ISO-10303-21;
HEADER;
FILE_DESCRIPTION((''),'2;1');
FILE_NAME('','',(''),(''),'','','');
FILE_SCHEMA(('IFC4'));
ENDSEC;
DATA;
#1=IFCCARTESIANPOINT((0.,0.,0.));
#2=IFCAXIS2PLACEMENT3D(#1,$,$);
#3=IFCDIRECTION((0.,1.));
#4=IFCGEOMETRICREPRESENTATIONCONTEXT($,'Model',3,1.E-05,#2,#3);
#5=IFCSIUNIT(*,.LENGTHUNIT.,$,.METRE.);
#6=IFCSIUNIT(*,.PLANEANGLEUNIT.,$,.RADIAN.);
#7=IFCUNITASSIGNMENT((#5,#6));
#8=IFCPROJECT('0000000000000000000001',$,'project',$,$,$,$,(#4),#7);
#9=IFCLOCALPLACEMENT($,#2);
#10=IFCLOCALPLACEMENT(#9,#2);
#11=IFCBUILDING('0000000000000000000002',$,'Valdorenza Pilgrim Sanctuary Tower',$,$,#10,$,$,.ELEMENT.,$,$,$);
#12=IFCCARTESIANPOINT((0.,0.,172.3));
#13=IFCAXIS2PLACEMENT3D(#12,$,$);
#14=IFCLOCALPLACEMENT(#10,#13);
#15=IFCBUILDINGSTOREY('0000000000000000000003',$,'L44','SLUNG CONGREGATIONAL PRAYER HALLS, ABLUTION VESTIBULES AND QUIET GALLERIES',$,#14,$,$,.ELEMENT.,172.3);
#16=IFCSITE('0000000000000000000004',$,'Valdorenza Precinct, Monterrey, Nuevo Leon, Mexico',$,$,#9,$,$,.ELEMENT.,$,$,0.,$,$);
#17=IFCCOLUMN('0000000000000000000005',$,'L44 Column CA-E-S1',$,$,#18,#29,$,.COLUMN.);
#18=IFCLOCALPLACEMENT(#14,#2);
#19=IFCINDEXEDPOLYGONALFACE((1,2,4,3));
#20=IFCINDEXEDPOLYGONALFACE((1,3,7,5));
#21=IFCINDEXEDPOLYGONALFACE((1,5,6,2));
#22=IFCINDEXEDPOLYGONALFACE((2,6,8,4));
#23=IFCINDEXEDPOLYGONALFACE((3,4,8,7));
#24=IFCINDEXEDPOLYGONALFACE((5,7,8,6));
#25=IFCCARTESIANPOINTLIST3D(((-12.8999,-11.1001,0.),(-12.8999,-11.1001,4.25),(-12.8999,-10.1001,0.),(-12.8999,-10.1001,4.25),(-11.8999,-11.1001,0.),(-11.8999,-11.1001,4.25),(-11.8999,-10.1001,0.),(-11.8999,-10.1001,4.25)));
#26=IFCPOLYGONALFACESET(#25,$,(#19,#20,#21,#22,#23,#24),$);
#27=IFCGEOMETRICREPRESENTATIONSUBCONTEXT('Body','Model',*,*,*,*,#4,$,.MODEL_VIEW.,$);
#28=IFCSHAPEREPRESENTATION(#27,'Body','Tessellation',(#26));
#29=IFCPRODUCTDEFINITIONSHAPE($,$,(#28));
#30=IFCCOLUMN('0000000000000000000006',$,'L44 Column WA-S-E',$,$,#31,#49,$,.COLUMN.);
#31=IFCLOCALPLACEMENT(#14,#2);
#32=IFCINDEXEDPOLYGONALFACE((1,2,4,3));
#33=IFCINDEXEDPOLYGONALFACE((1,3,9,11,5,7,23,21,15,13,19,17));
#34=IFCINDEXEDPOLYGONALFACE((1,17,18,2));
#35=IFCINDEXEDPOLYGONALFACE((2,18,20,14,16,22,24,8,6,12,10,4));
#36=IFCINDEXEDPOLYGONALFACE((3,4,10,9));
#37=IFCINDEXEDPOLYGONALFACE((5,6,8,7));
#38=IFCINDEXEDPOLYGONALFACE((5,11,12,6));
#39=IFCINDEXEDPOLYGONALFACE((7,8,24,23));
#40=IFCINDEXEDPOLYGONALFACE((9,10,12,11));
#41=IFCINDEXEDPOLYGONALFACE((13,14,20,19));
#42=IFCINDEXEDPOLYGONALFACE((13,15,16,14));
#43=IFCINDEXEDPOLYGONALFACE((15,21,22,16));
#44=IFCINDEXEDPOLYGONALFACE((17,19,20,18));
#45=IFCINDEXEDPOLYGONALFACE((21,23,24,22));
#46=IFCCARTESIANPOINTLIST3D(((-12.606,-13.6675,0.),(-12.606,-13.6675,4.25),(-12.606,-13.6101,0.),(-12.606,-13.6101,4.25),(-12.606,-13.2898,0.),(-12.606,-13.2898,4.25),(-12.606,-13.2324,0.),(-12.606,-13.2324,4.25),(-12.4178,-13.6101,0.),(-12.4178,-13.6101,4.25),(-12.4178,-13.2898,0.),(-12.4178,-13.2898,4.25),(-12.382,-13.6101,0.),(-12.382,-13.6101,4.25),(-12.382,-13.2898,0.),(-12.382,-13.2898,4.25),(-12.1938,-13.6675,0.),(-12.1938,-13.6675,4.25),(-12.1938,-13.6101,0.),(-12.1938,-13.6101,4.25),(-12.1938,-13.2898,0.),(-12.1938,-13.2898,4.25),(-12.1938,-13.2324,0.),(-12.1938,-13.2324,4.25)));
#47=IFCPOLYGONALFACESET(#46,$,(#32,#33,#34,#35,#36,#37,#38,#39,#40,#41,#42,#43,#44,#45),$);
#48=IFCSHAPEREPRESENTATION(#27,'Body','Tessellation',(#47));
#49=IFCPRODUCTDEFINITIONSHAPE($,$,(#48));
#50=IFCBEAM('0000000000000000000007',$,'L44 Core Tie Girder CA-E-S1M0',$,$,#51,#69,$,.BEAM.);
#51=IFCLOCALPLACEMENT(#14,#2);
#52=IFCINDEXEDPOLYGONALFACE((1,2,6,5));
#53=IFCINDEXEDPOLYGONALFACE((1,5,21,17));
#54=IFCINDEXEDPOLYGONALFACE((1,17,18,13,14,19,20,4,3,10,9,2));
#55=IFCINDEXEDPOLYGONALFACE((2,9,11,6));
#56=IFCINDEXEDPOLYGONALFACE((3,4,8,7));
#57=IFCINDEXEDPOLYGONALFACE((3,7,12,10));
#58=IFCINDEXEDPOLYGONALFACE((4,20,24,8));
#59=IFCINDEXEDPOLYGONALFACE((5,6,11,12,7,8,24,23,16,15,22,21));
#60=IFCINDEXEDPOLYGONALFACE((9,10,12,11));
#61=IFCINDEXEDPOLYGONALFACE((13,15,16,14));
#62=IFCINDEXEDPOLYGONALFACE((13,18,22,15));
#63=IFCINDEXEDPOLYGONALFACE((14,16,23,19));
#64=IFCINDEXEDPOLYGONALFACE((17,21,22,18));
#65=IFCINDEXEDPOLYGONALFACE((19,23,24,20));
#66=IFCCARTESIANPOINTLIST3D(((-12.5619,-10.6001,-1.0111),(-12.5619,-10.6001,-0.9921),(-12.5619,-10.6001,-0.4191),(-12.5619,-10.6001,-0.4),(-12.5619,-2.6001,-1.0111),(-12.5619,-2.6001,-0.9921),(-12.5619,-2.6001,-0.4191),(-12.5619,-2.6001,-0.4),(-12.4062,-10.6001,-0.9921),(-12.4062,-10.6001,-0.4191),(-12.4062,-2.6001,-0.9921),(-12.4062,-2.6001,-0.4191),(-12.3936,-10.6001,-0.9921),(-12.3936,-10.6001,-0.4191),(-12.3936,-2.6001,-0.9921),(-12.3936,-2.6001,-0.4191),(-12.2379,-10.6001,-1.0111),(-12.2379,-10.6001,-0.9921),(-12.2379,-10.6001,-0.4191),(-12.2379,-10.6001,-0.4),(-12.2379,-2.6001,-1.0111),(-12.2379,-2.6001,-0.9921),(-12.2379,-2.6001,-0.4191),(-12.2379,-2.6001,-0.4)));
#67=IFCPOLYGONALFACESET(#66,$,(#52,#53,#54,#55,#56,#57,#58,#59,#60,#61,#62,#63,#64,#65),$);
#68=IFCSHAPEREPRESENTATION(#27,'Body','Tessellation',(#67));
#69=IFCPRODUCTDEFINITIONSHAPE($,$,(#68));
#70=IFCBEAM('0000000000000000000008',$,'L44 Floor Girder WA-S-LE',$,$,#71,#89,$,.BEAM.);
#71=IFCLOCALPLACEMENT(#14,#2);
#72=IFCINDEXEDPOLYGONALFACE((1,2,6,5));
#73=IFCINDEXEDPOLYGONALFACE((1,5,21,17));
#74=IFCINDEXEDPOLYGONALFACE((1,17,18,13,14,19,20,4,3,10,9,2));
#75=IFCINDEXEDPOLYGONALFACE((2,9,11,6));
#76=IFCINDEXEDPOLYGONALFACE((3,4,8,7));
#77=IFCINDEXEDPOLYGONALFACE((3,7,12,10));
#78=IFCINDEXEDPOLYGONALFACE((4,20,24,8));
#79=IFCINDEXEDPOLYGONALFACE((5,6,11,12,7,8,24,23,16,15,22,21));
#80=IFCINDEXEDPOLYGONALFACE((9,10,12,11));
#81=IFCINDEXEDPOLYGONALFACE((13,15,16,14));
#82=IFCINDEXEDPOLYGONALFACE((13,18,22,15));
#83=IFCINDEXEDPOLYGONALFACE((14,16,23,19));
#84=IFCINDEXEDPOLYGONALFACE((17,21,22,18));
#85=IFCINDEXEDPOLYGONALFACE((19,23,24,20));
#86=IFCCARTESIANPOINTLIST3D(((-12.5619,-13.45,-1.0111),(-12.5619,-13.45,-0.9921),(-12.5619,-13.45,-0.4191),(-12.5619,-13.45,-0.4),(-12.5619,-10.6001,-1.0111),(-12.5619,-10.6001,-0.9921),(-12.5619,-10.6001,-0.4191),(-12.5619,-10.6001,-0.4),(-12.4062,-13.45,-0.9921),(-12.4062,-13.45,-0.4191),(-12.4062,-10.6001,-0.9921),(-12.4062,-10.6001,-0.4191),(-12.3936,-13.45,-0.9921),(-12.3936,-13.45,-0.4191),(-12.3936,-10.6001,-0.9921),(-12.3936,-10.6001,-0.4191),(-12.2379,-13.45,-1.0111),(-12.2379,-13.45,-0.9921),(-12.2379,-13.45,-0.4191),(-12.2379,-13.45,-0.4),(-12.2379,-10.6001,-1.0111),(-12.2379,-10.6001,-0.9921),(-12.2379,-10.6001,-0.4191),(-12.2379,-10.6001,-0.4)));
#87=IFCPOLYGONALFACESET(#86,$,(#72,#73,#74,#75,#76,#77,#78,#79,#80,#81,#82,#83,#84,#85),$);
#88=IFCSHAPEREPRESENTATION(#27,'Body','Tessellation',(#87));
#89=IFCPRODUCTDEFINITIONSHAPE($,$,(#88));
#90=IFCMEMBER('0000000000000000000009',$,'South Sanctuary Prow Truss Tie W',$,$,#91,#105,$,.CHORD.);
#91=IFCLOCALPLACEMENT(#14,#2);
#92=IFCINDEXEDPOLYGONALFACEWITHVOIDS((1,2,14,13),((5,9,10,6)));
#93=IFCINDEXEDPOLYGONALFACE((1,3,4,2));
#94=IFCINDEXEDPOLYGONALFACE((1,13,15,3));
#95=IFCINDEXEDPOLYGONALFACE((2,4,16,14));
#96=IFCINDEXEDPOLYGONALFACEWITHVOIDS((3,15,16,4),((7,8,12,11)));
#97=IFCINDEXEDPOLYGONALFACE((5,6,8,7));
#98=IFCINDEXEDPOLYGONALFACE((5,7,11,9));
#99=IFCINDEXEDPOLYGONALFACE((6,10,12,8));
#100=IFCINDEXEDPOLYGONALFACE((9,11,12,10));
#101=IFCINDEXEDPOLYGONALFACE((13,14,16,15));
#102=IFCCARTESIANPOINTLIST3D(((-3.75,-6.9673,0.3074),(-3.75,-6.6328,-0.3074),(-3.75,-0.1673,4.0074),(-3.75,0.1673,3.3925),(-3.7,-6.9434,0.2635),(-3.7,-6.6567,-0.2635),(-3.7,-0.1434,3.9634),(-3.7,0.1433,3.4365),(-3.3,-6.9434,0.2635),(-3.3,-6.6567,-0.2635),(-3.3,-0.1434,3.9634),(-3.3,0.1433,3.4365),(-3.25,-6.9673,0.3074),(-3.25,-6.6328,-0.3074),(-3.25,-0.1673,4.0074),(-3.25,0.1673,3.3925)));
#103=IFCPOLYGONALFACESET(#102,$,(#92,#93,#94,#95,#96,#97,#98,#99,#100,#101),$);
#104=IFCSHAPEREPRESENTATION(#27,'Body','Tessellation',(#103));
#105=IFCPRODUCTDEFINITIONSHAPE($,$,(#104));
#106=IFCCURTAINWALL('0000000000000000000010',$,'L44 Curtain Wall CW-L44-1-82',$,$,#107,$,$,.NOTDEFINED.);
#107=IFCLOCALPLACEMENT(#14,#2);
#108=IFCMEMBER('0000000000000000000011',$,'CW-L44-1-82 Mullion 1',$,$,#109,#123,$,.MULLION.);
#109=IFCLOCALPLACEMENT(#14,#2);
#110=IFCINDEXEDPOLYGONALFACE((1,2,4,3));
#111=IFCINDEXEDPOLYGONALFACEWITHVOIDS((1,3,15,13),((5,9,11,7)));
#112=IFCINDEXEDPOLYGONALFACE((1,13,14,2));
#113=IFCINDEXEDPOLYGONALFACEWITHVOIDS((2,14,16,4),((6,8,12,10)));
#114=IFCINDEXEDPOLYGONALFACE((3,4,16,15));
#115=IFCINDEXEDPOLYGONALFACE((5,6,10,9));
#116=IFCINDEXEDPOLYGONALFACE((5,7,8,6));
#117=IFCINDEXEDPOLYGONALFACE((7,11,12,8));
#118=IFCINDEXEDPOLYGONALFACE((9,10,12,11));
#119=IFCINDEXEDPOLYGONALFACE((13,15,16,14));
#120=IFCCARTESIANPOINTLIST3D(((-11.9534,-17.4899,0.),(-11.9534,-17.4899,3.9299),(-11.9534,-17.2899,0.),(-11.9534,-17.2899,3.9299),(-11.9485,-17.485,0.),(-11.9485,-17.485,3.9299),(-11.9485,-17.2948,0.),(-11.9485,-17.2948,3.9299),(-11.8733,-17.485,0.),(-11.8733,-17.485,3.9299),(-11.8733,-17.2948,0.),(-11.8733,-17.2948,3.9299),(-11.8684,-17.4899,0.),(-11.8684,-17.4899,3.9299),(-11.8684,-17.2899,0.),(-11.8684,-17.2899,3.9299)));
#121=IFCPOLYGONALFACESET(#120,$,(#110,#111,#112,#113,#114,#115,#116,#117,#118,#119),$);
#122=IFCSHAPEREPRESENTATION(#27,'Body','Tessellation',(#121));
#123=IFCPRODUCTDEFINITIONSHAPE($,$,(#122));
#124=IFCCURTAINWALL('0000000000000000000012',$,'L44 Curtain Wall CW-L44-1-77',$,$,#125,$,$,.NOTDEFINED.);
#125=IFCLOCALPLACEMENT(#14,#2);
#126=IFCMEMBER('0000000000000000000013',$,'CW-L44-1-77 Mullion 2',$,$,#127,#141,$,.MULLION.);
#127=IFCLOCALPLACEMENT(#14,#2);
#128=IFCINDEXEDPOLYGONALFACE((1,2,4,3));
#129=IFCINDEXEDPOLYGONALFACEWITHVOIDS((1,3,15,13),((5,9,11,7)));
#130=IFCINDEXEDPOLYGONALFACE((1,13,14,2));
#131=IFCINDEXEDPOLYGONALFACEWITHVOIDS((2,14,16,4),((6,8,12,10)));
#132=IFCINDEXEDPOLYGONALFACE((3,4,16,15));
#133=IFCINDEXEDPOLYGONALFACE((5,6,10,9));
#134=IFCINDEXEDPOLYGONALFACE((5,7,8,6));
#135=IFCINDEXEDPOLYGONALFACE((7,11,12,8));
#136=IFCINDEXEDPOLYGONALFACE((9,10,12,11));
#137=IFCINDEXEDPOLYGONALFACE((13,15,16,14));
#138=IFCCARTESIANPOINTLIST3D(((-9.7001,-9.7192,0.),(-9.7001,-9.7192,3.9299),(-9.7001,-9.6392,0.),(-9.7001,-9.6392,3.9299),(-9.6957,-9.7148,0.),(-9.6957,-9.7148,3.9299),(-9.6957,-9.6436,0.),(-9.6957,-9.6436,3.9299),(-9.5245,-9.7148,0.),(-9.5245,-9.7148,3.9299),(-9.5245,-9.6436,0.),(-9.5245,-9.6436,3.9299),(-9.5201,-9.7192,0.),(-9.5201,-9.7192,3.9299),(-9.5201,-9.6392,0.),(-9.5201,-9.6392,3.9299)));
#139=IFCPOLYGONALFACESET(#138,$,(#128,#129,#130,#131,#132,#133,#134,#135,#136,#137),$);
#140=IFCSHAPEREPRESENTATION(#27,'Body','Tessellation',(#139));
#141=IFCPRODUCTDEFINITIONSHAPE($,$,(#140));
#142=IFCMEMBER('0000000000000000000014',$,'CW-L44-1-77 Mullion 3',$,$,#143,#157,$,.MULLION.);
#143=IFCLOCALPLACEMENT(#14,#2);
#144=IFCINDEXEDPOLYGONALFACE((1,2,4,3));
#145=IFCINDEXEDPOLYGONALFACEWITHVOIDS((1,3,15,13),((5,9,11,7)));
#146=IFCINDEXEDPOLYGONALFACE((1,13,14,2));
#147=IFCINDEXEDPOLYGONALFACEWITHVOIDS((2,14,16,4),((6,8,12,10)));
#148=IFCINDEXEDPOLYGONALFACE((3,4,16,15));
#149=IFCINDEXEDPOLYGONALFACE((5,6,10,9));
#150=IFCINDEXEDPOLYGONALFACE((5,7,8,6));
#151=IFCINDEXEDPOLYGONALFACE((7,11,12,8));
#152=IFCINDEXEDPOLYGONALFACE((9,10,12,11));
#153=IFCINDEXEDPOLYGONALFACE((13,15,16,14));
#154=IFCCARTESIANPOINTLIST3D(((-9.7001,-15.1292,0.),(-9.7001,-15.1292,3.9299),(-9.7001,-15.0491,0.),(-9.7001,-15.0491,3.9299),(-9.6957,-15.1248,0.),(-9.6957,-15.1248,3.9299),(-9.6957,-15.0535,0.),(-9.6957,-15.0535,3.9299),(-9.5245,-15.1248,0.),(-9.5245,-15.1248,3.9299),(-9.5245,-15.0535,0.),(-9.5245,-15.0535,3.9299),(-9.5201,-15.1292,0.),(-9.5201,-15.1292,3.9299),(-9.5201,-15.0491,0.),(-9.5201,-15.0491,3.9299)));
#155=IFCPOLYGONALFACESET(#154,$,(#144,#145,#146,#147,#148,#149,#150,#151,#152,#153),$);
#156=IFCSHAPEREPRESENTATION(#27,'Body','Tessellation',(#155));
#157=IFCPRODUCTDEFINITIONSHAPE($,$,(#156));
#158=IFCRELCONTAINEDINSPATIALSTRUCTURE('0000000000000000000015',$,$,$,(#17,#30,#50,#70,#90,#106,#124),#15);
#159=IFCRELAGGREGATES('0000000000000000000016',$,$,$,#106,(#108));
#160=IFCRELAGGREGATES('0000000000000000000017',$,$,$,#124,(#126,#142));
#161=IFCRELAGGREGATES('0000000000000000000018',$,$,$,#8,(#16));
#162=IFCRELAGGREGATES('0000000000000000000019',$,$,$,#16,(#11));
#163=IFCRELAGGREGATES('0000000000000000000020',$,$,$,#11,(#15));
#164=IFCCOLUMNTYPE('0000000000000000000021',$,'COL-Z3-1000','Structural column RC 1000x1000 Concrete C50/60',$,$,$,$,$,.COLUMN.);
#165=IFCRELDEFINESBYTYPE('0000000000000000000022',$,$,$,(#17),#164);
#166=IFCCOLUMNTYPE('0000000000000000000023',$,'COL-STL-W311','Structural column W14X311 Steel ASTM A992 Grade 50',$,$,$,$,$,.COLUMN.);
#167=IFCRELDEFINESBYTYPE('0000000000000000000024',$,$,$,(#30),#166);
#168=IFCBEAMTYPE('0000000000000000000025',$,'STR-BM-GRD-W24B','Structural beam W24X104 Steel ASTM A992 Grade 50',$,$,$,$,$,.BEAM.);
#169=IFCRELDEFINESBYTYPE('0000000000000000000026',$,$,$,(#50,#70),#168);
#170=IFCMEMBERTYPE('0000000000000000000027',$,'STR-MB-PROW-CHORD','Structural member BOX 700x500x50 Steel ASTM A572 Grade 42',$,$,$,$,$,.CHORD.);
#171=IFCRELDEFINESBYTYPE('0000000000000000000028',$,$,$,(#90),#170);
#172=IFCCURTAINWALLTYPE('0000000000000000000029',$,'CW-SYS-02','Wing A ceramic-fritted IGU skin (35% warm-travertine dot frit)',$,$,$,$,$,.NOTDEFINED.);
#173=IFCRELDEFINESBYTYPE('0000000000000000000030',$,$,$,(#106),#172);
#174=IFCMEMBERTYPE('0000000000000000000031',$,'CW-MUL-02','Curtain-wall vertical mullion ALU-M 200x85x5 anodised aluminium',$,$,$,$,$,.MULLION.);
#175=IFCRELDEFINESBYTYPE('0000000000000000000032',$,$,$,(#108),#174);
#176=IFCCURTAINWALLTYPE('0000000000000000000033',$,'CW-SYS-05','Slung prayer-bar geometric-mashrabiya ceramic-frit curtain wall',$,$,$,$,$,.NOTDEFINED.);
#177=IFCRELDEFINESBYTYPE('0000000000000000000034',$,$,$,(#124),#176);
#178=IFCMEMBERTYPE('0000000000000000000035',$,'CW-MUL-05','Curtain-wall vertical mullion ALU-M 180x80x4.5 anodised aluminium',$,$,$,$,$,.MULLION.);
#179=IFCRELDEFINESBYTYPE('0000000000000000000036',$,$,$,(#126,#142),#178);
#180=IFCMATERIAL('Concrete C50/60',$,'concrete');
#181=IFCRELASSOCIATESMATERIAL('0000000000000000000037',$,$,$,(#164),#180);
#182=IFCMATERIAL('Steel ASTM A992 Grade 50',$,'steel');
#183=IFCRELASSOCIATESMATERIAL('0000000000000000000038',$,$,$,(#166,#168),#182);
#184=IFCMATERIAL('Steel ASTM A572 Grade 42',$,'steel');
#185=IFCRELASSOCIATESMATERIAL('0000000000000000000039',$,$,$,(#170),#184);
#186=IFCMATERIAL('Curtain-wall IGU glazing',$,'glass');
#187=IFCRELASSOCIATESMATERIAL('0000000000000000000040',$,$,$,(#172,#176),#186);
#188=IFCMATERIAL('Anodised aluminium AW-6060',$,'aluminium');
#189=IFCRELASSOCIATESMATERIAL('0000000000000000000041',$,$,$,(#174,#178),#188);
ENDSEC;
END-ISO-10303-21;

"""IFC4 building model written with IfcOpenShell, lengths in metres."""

from ifc_helpers import new_model, si_unit, direction, frame, origin, origin_2d, place, context, subcontext, project, spatial, rectangle, hollow_rectangle, i_section, extrude, source, transform, mapped, material, material_profile, profile_set, type_object, element, aggregate, save


model = new_model("IFC4")

# Units and contexts
model_context = context("Model", 3, precision=1e-05, world=origin(), true_north=direction((0.0, 1.0)))
body_context = subcontext(model_context, "Body", "Model", "MODEL_VIEW")
ifc_project = project(units=[si_unit("LENGTHUNIT", "METRE"), si_unit("PLANEANGLEUNIT", "RADIAN")], contexts=[model_context])

# Site, building, storey
site_placement = place(None, origin())
site = spatial("IfcSite", under=ifc_project, at=site_placement, Name="Valdorenza Precinct, Monterrey, Nuevo Leon, Mexico", CompositionType="ELEMENT", RefElevation=0.0)
building_placement = place(site_placement, origin())
building = spatial("IfcBuilding", under=site, at=building_placement, Name="Valdorenza Pilgrim Sanctuary Tower", CompositionType="ELEMENT")
storey_placement = place(building_placement, frame((0.0, 0.0, 172.3)))
storey = spatial("IfcBuildingStorey", under=building, at=storey_placement, Name="L44", Description="SLUNG CONGREGATIONAL PRAYER HALLS, ABLUTION VESTIBULES AND QUIET GALLERIES", CompositionType="ELEMENT", Elevation=172.3)

# Columns
ifc_material_1 = material(Name="Concrete C50/60", Category="concrete")
ifc_material_profile_1 = material_profile(ifc_material_1, rectangle(XDim=1.0, YDim=1.0, at=origin_2d()), Name="RC 1000x1000")
ifc_profile_set_1 = profile_set([ifc_material_profile_1], Name="Concrete C50/60")
column_type_1 = type_object("IfcColumnType", Name="COL-Z3-1000", Description="Structural column RC 1000x1000 Concrete C50/60", PredefinedType="COLUMN", material=ifc_profile_set_1)
shared_shape_1 = source(origin(), body_context, "Body", "SweptSolid", [
    extrude(rectangle(XDim=1.0, YDim=1.0, at=origin_2d()), origin(), (0.0, 0.0, 1.0), 4.25),
])
column_1_placement = place(storey_placement, frame((-12.3999, -10.6001, 0.0), z_axis=(0.0, 0.0, 1.0), x_axis=(1.0, 0.0, 0.0)))
element("IfcColumn", 1, at=column_1_placement, inside=storey, type_object=column_type_1, Name="L44 Column CA-E-S1", PredefinedType="COLUMN", context=body_context, shape_type="MappedRepresentation", body=[
    mapped(shared_shape_1, transform((0.0, 0.0, 0.0), x_axis=(1.0, 0.0, 0.0), y_axis=(0.0, 1.0, 0.0), z_axis=(0.0, 0.0, 1.0), scale=1.0)),
])
ifc_material_2 = material(Name="Steel ASTM A992 Grade 50", Category="steel")
ifc_material_profile_2 = material_profile(ifc_material_2, i_section(OverallWidth=0.4121, OverallDepth=0.4351, WebThickness=0.0359, FlangeThickness=0.0574, at=origin_2d()), Name="W14X311")
ifc_profile_set_2 = profile_set([ifc_material_profile_2], Name="Steel ASTM A992 Grade 50")
column_type_2 = type_object("IfcColumnType", Name="COL-STL-W311", Description="Structural column W14X311 Steel ASTM A992 Grade 50", PredefinedType="COLUMN", material=ifc_profile_set_2)
shared_shape_2 = source(origin(), body_context, "Body", "SweptSolid", [
    extrude(i_section(OverallWidth=0.4121, OverallDepth=0.4351, WebThickness=0.0359, FlangeThickness=0.0574, at=origin_2d()), origin(), (0.0, 0.0, 1.0), 4.25),
])
column_2_placement = place(storey_placement, frame((-12.3999, -13.45, 0.0), z_axis=(0.0, 0.0, 1.0), x_axis=(1.0, 0.0, 0.0)))
element("IfcColumn", 2, at=column_2_placement, inside=storey, type_object=column_type_2, Name="L44 Column WA-S-E", PredefinedType="COLUMN", context=body_context, shape_type="MappedRepresentation", body=[
    mapped(shared_shape_2, transform((0.0, 0.0, 0.0), x_axis=(1.0, 0.0, 0.0), y_axis=(0.0, 1.0, 0.0), z_axis=(0.0, 0.0, 1.0), scale=1.0)),
])

# Beams
ifc_material_profile_3 = material_profile(ifc_material_2, i_section(OverallWidth=0.324, OverallDepth=0.6111, WebThickness=0.0127, FlangeThickness=0.019, at=origin_2d()), Name="W24X104")
ifc_profile_set_3 = profile_set([ifc_material_profile_3], Name="Steel ASTM A992 Grade 50")
beam_type = type_object("IfcBeamType", Name="STR-BM-GRD-W24B", Description="Structural beam W24X104 Steel ASTM A992 Grade 50", PredefinedType="BEAM", material=ifc_profile_set_3)
shared_shape_3 = source(origin(), body_context, "Body", "SweptSolid", [
    extrude(i_section(OverallWidth=0.324, OverallDepth=0.6111, WebThickness=0.0127, FlangeThickness=0.019, at=origin_2d()), origin(), (0.0, 0.0, 1.0), 8.0),
])
beam_1_placement = place(storey_placement, frame((-12.3999, -10.6001, -0.7056), z_axis=(0.0, 1.0, 0.0), x_axis=(-1.0, 0.0, 0.0)))
element("IfcBeam", 3, at=beam_1_placement, inside=storey, type_object=beam_type, Name="L44 Core Tie Girder CA-E-S1M0", PredefinedType="BEAM", context=body_context, shape_type="MappedRepresentation", body=[
    mapped(shared_shape_3, transform((0.0, 0.0, 0.0), x_axis=(1.0, 0.0, 0.0), y_axis=(0.0, 1.0, 0.0), z_axis=(0.0, 0.0, 1.0), scale=1.0)),
])
shared_shape_4 = source(origin(), body_context, "Body", "SweptSolid", [
    extrude(i_section(OverallWidth=0.324, OverallDepth=0.6111, WebThickness=0.0127, FlangeThickness=0.019, at=origin_2d()), origin(), (0.0, 0.0, 1.0), 2.8499),
])
beam_2_placement = place(storey_placement, frame((-12.3999, -13.45, -0.7056), z_axis=(0.0, 1.0, 0.0), x_axis=(-1.0, 0.0, 0.0)))
element("IfcBeam", 4, at=beam_2_placement, inside=storey, type_object=beam_type, Name="L44 Floor Girder WA-S-LE", PredefinedType="BEAM", context=body_context, shape_type="MappedRepresentation", body=[
    mapped(shared_shape_4, transform((0.0, 0.0, 0.0), x_axis=(1.0, 0.0, 0.0), y_axis=(0.0, 1.0, 0.0), z_axis=(0.0, 0.0, 1.0), scale=1.0)),
])

# Member
ifc_material_3 = material(Name="Steel ASTM A572 Grade 42", Category="steel")
ifc_material_profile_4 = material_profile(ifc_material_3, hollow_rectangle(XDim=0.5, YDim=0.7, WallThickness=0.05, at=origin_2d()), Name="BOX 700x500x50")
ifc_profile_set_4 = profile_set([ifc_material_profile_4], Name="Steel ASTM A572 Grade 42")
member_type_1 = type_object("IfcMemberType", Name="STR-MB-PROW-CHORD", Description="Structural member BOX 700x500x50 Steel ASTM A572 Grade 42", PredefinedType="CHORD", material=ifc_profile_set_4)
shared_shape_5 = source(origin(), body_context, "Body", "SweptSolid", [
    extrude(hollow_rectangle(XDim=0.5, YDim=0.7, WallThickness=0.05, at=origin_2d()), origin(), (0.0, 0.0, 1.0), 7.7415),
])
member_1_placement = place(storey_placement, frame((-3.5, -6.8, 0.0), z_axis=(0.0, 0.878393, 0.477939), x_axis=(-1.0, 0.0, 0.0)))
element("IfcMember", 5, at=member_1_placement, inside=storey, type_object=member_type_1, Name="South Sanctuary Prow Truss Tie W", PredefinedType="CHORD", context=body_context, shape_type="MappedRepresentation", body=[
    mapped(shared_shape_5, transform((0.0, 0.0, 0.0), x_axis=(1.0, 0.0, 0.0), y_axis=(0.0, 1.0, 0.0), z_axis=(0.0, 0.0, 1.0), scale=1.0)),
])

# Curtain wall, member
ifc_material_4 = material(Name="Curtain-wall IGU glazing", Category="glass")
curtain_wall_type_1 = type_object("IfcCurtainWallType", Name="CW-SYS-02", Description="Wing A ceramic-fritted IGU skin (35% warm-travertine dot frit)", PredefinedType="NOTDEFINED", material=ifc_material_4)
curtain_wall_1_placement = place(storey_placement, origin())
curtain_wall_1 = element("IfcCurtainWall", 6, at=curtain_wall_1_placement, inside=storey, type_object=curtain_wall_type_1, Name="L44 Curtain Wall CW-L44-1-82", PredefinedType="NOTDEFINED")
ifc_material_5 = material(Name="Anodised aluminium AW-6060", Category="aluminium")
ifc_material_profile_5 = material_profile(ifc_material_5, hollow_rectangle(XDim=0.085, YDim=0.2, WallThickness=0.0049, at=origin_2d()), Name="ALU-M 200x85x5")
ifc_profile_set_5 = profile_set([ifc_material_profile_5], Name="Anodised aluminium AW-6060")
member_type_2 = type_object("IfcMemberType", Name="CW-MUL-02", Description="Curtain-wall vertical mullion ALU-M 200x85x5 anodised aluminium", PredefinedType="MULLION", material=ifc_profile_set_5)
shared_shape_6 = source(origin(), body_context, "Body", "SweptSolid", [
    extrude(hollow_rectangle(XDim=0.085, YDim=0.2, WallThickness=0.0049, at=origin_2d()), origin(), (0.0, 0.0, 1.0), 3.9299),
])
member_2_placement = place(storey_placement, frame((-11.9109, -17.3899, 0.0), z_axis=(0.0, 0.0, 1.0), x_axis=(-1.0, 0.0, 0.0)))
member_2 = element("IfcMember", 7, at=member_2_placement, type_object=member_type_2, Name="CW-L44-1-82 Mullion 1", PredefinedType="MULLION", context=body_context, shape_type="MappedRepresentation", body=[
    mapped(shared_shape_6, transform((0.0, 0.0, 0.0), x_axis=(1.0, 0.0, 0.0), y_axis=(0.0, 1.0, 0.0), z_axis=(0.0, 0.0, 1.0), scale=1.0)),
])

# Curtain wall, members
curtain_wall_type_2 = type_object("IfcCurtainWallType", Name="CW-SYS-05", Description="Slung prayer-bar geometric-mashrabiya ceramic-frit curtain wall", PredefinedType="NOTDEFINED", material=ifc_material_4)
curtain_wall_2_placement = place(storey_placement, origin())
curtain_wall_2 = element("IfcCurtainWall", 8, at=curtain_wall_2_placement, inside=storey, type_object=curtain_wall_type_2, Name="L44 Curtain Wall CW-L44-1-77", PredefinedType="NOTDEFINED")
ifc_material_profile_6 = material_profile(ifc_material_5, hollow_rectangle(XDim=0.0801, YDim=0.1799, WallThickness=0.0044, at=origin_2d()), Name="ALU-M 180x80x4.5")
ifc_profile_set_6 = profile_set([ifc_material_profile_6], Name="Anodised aluminium AW-6060")
member_type_3 = type_object("IfcMemberType", Name="CW-MUL-05", Description="Curtain-wall vertical mullion ALU-M 180x80x4.5 anodised aluminium", PredefinedType="MULLION", material=ifc_profile_set_6)
shared_shape_7 = source(origin(), body_context, "Body", "SweptSolid", [
    extrude(hollow_rectangle(XDim=0.0801, YDim=0.1799, WallThickness=0.0044, at=origin_2d()), origin(), (0.0, 0.0, 1.0), 3.9299),
])
member_3_placement = place(storey_placement, frame((-9.6101, -9.6792, 0.0), z_axis=(0.0, 0.0, 1.0), x_axis=(0.0, -1.0, 0.0)))
member_3 = element("IfcMember", 9, at=member_3_placement, type_object=member_type_3, Name="CW-L44-1-77 Mullion 2", PredefinedType="MULLION", context=body_context, shape_type="MappedRepresentation", body=[
    mapped(shared_shape_7, transform((0.0, 0.0, 0.0), x_axis=(1.0, 0.0, 0.0), y_axis=(0.0, 1.0, 0.0), z_axis=(0.0, 0.0, 1.0), scale=1.0)),
])
member_4_placement = place(storey_placement, frame((-9.6101, -15.0891, 0.0), z_axis=(0.0, 0.0, 1.0), x_axis=(0.0, -1.0, 0.0)))
member_4 = element("IfcMember", 10, at=member_4_placement, type_object=member_type_3, Name="CW-L44-1-77 Mullion 3", PredefinedType="MULLION", context=body_context, shape_type="MappedRepresentation", body=[
    mapped(shared_shape_7, transform((0.0, 0.0, 0.0), x_axis=(1.0, 0.0, 0.0), y_axis=(0.0, 1.0, 0.0), z_axis=(0.0, 0.0, 1.0), scale=1.0)),
])

aggregate(curtain_wall_1, [member_2])

aggregate(curtain_wall_2, [member_3, member_4])

save(model, "model.ifc")
